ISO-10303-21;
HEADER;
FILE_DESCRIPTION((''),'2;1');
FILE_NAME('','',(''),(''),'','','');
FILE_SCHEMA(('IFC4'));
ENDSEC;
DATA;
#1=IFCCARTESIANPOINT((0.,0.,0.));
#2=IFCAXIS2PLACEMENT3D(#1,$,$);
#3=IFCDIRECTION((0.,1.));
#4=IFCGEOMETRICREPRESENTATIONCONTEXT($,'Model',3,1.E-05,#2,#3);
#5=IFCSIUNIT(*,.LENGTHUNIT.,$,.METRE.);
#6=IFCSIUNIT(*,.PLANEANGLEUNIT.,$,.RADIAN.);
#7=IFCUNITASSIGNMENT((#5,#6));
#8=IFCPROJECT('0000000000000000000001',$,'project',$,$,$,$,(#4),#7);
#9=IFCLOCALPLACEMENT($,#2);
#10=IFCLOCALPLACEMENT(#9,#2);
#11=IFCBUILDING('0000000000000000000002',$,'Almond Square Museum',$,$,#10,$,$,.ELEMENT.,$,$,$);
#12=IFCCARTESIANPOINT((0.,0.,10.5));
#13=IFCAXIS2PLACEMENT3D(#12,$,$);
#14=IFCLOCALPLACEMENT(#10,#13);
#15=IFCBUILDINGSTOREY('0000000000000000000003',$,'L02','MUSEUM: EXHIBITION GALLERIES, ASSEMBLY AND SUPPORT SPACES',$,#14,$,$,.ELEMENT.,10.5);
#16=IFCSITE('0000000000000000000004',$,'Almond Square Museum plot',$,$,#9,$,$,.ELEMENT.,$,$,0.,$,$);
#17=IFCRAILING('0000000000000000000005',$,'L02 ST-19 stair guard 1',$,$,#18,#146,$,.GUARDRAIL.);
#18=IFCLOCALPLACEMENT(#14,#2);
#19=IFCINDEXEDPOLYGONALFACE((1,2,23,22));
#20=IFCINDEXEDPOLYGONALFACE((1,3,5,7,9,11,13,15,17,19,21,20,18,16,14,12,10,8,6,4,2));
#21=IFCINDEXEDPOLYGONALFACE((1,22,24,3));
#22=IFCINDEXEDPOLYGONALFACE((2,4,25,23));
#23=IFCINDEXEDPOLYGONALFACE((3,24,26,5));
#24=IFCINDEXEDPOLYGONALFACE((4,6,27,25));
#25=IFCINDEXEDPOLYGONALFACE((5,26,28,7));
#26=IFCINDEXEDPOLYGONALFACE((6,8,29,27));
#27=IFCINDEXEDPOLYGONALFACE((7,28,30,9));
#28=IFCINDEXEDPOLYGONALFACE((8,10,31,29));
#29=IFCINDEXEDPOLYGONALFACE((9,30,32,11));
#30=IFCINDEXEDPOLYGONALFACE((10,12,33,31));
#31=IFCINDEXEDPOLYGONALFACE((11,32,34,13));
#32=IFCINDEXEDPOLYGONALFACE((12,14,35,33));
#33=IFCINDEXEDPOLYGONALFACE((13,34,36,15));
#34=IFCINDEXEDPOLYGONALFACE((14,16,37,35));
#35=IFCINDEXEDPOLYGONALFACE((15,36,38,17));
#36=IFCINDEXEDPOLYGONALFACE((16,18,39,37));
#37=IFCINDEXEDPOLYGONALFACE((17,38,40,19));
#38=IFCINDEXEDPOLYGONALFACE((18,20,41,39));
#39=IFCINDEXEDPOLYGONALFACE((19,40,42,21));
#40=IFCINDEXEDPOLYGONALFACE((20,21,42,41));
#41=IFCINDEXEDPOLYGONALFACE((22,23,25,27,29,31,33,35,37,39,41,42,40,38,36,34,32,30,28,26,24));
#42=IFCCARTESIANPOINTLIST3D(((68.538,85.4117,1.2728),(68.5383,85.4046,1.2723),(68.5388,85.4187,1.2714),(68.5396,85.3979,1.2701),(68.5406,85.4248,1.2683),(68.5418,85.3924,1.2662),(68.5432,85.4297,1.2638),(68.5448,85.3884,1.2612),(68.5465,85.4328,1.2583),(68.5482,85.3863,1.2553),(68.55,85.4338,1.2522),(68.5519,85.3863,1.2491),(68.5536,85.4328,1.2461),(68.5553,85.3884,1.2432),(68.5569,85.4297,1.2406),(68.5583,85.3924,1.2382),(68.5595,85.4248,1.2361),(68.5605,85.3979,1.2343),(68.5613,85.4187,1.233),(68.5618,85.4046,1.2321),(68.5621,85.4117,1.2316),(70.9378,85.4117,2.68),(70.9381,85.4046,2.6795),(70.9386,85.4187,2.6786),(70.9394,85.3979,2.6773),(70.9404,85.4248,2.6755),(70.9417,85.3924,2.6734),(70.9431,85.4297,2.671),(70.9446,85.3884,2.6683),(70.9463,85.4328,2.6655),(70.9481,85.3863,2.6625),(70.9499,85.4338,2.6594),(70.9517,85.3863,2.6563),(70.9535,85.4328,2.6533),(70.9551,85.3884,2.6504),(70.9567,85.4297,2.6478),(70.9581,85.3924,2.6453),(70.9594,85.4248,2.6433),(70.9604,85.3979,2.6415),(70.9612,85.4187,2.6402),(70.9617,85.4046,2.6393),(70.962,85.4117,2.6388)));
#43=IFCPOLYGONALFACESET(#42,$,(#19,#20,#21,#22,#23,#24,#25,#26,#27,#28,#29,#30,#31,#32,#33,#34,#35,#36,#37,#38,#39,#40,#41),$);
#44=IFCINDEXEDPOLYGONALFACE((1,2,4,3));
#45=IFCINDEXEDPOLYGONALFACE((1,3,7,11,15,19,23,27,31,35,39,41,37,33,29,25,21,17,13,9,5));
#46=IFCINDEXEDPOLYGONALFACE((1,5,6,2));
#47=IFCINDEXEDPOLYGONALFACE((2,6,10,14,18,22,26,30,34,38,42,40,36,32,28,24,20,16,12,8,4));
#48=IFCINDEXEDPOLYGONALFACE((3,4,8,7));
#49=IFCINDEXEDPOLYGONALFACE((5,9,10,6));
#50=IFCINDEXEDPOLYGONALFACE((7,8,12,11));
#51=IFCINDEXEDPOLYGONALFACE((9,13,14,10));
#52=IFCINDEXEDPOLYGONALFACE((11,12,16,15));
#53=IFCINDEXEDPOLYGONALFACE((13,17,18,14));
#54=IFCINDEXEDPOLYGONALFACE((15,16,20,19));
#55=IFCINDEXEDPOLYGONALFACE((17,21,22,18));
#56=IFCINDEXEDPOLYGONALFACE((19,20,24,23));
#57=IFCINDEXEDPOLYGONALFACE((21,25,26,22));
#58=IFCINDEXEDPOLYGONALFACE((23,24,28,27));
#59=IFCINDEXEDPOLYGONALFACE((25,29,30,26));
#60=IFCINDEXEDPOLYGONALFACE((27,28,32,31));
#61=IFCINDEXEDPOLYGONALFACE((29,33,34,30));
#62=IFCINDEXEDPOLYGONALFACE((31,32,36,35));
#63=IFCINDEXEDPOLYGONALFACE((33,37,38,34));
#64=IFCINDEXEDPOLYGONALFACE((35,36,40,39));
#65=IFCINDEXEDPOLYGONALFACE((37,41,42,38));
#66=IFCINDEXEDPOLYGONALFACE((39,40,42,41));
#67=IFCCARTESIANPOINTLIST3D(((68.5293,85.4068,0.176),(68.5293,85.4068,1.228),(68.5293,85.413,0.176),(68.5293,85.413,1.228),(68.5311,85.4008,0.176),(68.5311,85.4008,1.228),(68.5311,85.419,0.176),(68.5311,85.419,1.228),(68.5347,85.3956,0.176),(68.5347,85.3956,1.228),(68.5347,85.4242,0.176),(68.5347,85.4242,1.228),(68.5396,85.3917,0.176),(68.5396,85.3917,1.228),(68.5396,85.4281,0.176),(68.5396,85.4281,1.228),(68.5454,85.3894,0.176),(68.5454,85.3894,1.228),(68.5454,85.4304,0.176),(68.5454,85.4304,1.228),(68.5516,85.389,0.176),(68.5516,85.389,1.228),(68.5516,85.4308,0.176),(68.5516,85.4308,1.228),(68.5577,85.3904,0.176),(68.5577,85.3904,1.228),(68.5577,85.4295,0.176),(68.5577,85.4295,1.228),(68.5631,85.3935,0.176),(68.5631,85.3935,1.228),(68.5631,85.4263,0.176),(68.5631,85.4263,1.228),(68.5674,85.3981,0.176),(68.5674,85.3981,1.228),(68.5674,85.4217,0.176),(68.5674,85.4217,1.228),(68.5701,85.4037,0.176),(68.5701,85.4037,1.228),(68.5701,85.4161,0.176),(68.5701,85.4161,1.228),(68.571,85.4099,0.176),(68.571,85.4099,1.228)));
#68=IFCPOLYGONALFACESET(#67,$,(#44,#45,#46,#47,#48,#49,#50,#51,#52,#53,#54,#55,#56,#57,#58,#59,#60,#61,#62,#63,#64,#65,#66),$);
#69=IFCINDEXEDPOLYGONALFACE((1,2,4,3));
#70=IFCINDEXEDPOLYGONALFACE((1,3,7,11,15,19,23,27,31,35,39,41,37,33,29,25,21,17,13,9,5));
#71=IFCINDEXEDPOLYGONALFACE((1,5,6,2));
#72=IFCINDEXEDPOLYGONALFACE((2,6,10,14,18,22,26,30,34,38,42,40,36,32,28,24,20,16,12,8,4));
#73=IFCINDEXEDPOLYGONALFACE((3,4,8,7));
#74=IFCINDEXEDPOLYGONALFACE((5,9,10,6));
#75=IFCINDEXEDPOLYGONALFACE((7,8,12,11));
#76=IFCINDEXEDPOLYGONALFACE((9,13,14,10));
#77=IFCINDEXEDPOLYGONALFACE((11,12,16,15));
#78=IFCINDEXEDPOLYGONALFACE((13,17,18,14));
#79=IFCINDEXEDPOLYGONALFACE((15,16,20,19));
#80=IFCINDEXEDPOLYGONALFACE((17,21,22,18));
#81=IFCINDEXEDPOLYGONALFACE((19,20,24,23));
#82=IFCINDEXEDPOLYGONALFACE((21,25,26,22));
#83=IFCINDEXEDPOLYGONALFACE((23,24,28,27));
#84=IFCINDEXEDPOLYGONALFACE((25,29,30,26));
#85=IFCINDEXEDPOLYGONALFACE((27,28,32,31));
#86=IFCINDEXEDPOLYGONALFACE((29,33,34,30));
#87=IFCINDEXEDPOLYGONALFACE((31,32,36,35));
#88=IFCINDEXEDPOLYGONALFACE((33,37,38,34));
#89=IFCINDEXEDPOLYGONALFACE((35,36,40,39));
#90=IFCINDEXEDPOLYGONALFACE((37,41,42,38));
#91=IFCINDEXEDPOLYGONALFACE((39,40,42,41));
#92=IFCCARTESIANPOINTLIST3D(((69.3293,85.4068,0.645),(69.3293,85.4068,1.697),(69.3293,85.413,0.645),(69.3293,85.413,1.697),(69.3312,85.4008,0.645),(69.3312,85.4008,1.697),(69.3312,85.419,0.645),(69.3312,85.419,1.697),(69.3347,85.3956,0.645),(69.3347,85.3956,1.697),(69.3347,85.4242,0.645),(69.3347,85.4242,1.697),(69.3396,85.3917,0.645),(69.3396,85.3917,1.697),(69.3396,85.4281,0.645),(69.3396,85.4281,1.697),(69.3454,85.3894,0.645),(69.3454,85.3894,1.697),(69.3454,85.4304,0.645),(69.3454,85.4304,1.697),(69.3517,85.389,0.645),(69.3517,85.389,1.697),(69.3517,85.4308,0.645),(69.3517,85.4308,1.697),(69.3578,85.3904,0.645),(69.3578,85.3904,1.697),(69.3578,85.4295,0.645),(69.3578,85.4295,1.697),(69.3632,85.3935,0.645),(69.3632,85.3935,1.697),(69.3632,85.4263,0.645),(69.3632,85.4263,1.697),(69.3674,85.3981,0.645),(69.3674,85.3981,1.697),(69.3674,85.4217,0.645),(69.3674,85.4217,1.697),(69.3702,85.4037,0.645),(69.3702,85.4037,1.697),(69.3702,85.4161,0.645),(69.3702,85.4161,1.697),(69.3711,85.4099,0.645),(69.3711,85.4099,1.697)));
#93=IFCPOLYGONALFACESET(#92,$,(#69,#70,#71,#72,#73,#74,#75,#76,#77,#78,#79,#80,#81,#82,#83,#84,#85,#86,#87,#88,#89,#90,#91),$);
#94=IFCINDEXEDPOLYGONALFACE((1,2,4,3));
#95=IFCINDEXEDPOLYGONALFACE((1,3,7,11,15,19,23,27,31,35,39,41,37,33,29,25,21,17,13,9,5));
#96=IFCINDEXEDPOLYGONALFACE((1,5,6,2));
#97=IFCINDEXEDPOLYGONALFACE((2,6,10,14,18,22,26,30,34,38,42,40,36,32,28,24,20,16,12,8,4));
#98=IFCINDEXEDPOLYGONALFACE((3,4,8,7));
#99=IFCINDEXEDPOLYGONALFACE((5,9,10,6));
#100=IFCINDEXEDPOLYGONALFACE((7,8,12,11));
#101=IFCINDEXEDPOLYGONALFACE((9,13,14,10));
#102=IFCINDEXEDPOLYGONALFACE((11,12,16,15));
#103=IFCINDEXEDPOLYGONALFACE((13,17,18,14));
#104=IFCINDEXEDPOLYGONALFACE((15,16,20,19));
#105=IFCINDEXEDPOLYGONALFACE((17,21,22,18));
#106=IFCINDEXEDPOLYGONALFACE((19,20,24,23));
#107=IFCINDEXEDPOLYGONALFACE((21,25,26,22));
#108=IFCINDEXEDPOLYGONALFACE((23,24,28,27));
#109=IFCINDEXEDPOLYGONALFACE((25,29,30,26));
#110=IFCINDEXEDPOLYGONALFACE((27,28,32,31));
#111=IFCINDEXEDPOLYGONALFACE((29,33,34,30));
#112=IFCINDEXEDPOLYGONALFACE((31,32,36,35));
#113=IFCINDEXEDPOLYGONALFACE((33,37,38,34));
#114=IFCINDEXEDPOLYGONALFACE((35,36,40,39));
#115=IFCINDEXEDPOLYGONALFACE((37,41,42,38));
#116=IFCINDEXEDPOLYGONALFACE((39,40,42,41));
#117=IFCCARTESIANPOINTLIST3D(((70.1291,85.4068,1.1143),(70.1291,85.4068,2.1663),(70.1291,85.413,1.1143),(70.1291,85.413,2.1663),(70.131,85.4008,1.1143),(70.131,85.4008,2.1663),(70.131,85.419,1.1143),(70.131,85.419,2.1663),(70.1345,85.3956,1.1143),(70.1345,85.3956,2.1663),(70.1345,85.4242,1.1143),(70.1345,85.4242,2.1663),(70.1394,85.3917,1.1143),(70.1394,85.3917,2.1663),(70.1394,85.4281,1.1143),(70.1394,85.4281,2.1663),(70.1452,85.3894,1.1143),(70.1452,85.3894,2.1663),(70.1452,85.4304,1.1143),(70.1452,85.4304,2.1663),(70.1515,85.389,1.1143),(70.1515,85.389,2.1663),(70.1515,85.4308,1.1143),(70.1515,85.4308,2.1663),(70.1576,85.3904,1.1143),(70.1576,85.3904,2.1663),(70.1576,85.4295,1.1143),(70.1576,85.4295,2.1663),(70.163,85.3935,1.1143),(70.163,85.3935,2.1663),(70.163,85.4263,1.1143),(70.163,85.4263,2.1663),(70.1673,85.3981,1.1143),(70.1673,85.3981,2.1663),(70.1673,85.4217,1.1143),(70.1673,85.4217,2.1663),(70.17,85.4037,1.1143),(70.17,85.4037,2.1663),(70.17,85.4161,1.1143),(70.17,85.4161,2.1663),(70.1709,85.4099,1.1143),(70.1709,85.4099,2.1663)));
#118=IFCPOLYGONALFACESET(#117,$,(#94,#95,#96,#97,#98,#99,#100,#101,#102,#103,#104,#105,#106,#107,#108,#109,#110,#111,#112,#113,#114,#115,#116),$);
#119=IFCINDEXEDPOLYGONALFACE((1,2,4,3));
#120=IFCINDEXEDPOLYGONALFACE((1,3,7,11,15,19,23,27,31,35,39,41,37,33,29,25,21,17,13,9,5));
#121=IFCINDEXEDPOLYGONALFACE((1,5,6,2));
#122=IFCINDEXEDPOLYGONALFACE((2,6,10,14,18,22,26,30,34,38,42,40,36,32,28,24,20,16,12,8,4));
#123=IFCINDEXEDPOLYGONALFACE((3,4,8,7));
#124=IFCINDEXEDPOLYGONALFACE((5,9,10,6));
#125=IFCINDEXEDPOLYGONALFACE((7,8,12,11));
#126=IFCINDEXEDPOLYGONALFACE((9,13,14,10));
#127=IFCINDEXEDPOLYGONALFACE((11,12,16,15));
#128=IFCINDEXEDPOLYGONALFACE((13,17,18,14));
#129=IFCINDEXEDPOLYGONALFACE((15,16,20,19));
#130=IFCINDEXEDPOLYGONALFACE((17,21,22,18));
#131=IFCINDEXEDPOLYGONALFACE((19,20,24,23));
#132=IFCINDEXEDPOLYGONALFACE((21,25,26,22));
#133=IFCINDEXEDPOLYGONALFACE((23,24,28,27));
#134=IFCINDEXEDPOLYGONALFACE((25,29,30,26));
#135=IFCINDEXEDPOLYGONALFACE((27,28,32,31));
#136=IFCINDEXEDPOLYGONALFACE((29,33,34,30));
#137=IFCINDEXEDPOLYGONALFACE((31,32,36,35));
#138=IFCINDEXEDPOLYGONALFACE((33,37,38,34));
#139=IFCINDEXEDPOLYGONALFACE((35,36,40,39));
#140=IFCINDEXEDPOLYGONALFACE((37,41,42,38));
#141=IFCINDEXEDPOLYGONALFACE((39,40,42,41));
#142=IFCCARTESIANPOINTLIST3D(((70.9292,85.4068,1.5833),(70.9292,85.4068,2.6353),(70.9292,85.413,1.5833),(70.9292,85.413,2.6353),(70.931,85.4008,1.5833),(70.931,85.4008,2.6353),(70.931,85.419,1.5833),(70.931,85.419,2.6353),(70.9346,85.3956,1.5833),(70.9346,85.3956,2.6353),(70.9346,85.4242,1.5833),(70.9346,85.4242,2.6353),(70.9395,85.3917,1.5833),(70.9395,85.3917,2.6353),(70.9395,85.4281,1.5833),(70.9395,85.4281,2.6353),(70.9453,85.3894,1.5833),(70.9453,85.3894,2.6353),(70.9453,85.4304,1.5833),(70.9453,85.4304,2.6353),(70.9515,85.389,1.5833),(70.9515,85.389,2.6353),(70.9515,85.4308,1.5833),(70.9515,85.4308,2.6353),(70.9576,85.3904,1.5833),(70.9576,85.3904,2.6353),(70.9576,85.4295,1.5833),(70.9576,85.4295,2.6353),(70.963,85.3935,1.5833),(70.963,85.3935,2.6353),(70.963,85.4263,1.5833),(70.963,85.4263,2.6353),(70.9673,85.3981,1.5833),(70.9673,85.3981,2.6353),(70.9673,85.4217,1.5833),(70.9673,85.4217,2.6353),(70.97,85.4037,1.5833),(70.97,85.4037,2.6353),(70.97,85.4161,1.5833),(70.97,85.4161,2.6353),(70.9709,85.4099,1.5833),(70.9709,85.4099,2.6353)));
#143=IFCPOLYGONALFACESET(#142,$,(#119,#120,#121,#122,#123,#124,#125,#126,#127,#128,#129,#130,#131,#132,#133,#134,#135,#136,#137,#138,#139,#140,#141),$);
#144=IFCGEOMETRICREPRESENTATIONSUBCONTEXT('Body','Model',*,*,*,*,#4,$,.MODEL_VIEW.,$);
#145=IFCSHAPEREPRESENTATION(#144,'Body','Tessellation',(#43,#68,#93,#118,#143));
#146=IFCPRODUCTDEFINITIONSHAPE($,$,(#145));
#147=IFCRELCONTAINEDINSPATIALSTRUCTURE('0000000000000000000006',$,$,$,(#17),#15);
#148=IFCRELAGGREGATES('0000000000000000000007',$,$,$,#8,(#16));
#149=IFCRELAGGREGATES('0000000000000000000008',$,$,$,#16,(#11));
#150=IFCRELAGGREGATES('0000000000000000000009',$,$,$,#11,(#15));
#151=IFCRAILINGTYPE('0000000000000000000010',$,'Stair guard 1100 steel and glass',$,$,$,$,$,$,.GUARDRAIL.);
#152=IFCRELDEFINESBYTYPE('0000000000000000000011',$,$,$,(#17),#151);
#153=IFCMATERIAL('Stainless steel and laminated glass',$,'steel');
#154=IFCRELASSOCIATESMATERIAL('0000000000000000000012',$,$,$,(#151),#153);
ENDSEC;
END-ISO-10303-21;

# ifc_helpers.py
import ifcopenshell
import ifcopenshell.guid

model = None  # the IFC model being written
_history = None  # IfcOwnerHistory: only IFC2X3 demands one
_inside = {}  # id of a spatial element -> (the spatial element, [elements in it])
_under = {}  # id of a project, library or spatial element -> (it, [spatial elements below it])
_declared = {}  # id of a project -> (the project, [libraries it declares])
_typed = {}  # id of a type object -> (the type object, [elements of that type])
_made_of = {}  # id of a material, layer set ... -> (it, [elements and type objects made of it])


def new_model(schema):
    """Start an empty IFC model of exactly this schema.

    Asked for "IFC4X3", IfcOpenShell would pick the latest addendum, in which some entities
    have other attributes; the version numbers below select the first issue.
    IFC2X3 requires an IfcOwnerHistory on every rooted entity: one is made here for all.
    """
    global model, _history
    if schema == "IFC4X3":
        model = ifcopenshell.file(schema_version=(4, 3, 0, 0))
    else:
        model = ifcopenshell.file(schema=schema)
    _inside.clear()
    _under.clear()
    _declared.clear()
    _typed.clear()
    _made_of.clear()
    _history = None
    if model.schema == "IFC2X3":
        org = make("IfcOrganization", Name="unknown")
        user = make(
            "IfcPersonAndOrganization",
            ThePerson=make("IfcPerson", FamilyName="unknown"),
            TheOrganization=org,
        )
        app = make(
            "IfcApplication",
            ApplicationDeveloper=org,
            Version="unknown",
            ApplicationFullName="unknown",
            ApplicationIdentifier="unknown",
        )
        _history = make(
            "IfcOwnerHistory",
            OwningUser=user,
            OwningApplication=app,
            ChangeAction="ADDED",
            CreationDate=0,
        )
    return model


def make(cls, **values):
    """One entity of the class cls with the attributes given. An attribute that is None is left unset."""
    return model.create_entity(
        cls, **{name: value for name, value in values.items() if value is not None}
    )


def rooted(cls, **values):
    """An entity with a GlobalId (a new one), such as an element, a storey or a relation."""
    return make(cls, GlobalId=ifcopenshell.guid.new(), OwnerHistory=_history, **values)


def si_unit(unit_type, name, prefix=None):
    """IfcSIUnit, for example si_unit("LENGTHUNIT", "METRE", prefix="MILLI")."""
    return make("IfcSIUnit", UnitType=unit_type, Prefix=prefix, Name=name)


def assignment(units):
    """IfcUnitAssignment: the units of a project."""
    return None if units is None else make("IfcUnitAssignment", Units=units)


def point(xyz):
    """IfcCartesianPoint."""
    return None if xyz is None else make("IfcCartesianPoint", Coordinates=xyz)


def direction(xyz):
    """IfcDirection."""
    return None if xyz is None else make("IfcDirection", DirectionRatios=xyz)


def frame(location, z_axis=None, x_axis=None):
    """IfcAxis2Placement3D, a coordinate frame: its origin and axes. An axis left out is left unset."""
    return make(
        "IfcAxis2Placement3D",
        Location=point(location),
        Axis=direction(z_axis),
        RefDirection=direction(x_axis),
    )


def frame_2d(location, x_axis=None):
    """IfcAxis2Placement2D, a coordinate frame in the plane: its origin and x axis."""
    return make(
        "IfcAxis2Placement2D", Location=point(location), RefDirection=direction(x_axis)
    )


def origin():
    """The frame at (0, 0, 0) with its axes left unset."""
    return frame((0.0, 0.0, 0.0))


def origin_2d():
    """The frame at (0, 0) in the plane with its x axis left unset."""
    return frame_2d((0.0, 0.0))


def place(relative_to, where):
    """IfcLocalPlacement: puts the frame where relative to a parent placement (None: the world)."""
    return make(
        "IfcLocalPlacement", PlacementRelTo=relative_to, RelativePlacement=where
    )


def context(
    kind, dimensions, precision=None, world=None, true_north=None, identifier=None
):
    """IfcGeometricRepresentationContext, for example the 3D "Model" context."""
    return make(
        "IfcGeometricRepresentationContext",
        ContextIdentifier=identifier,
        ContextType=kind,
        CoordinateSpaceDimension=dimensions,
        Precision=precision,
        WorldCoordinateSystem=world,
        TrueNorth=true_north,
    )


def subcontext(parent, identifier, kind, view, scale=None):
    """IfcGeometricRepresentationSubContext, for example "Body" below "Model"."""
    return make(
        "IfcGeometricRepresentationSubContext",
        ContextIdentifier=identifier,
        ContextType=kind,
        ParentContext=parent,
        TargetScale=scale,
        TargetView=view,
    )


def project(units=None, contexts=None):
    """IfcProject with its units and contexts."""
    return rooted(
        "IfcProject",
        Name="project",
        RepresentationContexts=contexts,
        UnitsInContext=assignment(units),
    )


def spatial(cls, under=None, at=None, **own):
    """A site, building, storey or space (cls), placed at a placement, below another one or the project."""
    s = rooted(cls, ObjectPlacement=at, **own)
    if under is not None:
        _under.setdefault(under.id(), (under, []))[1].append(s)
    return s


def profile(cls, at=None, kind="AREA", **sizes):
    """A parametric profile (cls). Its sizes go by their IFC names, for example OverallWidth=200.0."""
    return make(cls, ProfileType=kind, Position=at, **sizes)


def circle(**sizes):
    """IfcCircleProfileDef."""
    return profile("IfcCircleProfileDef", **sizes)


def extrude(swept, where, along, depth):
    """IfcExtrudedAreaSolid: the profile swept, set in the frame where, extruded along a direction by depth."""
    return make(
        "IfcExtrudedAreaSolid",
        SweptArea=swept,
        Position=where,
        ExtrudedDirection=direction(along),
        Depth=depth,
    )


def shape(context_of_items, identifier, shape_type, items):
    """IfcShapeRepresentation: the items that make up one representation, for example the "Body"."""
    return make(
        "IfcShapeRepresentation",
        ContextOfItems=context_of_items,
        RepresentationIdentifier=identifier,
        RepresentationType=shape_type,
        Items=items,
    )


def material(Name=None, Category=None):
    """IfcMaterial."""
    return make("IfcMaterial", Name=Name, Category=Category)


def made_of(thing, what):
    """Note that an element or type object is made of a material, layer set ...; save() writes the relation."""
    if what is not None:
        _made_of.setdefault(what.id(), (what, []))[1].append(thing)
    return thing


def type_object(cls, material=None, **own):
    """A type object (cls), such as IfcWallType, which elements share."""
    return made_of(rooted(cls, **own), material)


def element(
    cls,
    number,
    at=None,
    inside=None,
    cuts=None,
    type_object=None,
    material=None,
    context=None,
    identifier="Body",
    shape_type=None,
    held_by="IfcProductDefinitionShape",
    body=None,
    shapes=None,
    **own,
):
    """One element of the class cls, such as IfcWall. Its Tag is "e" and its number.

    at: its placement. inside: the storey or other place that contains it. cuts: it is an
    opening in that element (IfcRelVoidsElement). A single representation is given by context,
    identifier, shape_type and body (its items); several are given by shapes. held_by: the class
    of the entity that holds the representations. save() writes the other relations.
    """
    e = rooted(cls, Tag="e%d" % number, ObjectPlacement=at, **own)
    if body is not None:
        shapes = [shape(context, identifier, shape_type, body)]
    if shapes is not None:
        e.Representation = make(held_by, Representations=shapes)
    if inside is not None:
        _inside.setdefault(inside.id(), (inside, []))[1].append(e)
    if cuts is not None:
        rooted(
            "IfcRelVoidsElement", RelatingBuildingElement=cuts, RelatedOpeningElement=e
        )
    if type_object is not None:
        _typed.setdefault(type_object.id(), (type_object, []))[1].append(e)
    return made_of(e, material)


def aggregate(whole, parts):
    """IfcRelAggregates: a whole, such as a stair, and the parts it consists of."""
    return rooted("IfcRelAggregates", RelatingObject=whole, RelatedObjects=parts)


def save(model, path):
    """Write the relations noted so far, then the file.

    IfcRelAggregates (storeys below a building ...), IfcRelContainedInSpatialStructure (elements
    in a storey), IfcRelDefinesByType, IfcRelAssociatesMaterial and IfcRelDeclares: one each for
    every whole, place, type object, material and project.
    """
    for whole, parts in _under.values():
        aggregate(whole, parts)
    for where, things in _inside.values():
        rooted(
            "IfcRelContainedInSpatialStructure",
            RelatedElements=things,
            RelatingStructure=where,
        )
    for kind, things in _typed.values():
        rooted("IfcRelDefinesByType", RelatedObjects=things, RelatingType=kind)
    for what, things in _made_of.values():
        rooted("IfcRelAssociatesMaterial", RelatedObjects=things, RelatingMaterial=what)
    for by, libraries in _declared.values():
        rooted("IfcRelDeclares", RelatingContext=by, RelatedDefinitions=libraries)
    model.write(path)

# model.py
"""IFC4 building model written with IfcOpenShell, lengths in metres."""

from ifc_helpers import new_model, si_unit, direction, frame, origin, origin_2d, place, context, subcontext, project, spatial, circle, extrude, material, type_object, element, save


model = new_model("IFC4")

# Units and contexts
model_context = context("Model", 3, precision=1e-05, world=origin(), true_north=direction((0.0, 1.0)))
body_context = subcontext(model_context, "Body", "Model", "MODEL_VIEW")
ifc_project = project(units=[si_unit("LENGTHUNIT", "METRE"), si_unit("PLANEANGLEUNIT", "RADIAN")], contexts=[model_context])

# Site, building, storey
site_placement = place(None, origin())
site = spatial("IfcSite", under=ifc_project, at=site_placement, Name="Almond Square Museum plot", CompositionType="ELEMENT", RefElevation=0.0)
building_placement = place(site_placement, origin())
building = spatial("IfcBuilding", under=site, at=building_placement, Name="Almond Square Museum", CompositionType="ELEMENT")
storey_placement = place(building_placement, frame((0.0, 0.0, 10.5)))
storey = spatial("IfcBuildingStorey", under=building, at=storey_placement, Name="L02", Description="MUSEUM: EXHIBITION GALLERIES, ASSEMBLY AND SUPPORT SPACES", CompositionType="ELEMENT", Elevation=10.5)

# Railing
ifc_material_1 = material(Name="Stainless steel and laminated glass", Category="steel")
railing_type_1 = type_object("IfcRailingType", Name="Stair guard 1100 steel and glass", PredefinedType="GUARDRAIL", material=ifc_material_1)
railing_1_placement = place(storey_placement, frame((68.55, 85.4099, 0.176)))
element("IfcRailing", 1, at=railing_1_placement, inside=storey, type_object=railing_type_1, Name="L02 ST-19 stair guard 1", PredefinedType="GUARDRAIL", context=body_context, shape_type="SweptSolid", body=[
    extrude(circle(Radius=0.0239, at=origin_2d()), frame((0.0, 0.0, 1.0762), z_axis=(0.862637, 0.0, 0.505823), x_axis=(0.0, 1.0, 0.0)), (0.0, 0.0, 1.0), 2.782),
    extrude(circle(Radius=0.021, at=origin_2d()), origin(), (0.0, 0.0, 1.0), 1.052),
    extrude(circle(Radius=0.021, at=origin_2d()), frame((0.8, 0.0, 0.469)), (0.0, 0.0, 1.0), 1.052),
    extrude(circle(Radius=0.021, at=origin_2d()), frame((1.5999, 0.0, 0.9382)), (0.0, 0.0, 1.0), 1.052),
    extrude(circle(Radius=0.021, at=origin_2d()), frame((2.3999, 0.0, 1.4072)), (0.0, 0.0, 1.0), 1.052),
])

save(model, "model.ifc")
